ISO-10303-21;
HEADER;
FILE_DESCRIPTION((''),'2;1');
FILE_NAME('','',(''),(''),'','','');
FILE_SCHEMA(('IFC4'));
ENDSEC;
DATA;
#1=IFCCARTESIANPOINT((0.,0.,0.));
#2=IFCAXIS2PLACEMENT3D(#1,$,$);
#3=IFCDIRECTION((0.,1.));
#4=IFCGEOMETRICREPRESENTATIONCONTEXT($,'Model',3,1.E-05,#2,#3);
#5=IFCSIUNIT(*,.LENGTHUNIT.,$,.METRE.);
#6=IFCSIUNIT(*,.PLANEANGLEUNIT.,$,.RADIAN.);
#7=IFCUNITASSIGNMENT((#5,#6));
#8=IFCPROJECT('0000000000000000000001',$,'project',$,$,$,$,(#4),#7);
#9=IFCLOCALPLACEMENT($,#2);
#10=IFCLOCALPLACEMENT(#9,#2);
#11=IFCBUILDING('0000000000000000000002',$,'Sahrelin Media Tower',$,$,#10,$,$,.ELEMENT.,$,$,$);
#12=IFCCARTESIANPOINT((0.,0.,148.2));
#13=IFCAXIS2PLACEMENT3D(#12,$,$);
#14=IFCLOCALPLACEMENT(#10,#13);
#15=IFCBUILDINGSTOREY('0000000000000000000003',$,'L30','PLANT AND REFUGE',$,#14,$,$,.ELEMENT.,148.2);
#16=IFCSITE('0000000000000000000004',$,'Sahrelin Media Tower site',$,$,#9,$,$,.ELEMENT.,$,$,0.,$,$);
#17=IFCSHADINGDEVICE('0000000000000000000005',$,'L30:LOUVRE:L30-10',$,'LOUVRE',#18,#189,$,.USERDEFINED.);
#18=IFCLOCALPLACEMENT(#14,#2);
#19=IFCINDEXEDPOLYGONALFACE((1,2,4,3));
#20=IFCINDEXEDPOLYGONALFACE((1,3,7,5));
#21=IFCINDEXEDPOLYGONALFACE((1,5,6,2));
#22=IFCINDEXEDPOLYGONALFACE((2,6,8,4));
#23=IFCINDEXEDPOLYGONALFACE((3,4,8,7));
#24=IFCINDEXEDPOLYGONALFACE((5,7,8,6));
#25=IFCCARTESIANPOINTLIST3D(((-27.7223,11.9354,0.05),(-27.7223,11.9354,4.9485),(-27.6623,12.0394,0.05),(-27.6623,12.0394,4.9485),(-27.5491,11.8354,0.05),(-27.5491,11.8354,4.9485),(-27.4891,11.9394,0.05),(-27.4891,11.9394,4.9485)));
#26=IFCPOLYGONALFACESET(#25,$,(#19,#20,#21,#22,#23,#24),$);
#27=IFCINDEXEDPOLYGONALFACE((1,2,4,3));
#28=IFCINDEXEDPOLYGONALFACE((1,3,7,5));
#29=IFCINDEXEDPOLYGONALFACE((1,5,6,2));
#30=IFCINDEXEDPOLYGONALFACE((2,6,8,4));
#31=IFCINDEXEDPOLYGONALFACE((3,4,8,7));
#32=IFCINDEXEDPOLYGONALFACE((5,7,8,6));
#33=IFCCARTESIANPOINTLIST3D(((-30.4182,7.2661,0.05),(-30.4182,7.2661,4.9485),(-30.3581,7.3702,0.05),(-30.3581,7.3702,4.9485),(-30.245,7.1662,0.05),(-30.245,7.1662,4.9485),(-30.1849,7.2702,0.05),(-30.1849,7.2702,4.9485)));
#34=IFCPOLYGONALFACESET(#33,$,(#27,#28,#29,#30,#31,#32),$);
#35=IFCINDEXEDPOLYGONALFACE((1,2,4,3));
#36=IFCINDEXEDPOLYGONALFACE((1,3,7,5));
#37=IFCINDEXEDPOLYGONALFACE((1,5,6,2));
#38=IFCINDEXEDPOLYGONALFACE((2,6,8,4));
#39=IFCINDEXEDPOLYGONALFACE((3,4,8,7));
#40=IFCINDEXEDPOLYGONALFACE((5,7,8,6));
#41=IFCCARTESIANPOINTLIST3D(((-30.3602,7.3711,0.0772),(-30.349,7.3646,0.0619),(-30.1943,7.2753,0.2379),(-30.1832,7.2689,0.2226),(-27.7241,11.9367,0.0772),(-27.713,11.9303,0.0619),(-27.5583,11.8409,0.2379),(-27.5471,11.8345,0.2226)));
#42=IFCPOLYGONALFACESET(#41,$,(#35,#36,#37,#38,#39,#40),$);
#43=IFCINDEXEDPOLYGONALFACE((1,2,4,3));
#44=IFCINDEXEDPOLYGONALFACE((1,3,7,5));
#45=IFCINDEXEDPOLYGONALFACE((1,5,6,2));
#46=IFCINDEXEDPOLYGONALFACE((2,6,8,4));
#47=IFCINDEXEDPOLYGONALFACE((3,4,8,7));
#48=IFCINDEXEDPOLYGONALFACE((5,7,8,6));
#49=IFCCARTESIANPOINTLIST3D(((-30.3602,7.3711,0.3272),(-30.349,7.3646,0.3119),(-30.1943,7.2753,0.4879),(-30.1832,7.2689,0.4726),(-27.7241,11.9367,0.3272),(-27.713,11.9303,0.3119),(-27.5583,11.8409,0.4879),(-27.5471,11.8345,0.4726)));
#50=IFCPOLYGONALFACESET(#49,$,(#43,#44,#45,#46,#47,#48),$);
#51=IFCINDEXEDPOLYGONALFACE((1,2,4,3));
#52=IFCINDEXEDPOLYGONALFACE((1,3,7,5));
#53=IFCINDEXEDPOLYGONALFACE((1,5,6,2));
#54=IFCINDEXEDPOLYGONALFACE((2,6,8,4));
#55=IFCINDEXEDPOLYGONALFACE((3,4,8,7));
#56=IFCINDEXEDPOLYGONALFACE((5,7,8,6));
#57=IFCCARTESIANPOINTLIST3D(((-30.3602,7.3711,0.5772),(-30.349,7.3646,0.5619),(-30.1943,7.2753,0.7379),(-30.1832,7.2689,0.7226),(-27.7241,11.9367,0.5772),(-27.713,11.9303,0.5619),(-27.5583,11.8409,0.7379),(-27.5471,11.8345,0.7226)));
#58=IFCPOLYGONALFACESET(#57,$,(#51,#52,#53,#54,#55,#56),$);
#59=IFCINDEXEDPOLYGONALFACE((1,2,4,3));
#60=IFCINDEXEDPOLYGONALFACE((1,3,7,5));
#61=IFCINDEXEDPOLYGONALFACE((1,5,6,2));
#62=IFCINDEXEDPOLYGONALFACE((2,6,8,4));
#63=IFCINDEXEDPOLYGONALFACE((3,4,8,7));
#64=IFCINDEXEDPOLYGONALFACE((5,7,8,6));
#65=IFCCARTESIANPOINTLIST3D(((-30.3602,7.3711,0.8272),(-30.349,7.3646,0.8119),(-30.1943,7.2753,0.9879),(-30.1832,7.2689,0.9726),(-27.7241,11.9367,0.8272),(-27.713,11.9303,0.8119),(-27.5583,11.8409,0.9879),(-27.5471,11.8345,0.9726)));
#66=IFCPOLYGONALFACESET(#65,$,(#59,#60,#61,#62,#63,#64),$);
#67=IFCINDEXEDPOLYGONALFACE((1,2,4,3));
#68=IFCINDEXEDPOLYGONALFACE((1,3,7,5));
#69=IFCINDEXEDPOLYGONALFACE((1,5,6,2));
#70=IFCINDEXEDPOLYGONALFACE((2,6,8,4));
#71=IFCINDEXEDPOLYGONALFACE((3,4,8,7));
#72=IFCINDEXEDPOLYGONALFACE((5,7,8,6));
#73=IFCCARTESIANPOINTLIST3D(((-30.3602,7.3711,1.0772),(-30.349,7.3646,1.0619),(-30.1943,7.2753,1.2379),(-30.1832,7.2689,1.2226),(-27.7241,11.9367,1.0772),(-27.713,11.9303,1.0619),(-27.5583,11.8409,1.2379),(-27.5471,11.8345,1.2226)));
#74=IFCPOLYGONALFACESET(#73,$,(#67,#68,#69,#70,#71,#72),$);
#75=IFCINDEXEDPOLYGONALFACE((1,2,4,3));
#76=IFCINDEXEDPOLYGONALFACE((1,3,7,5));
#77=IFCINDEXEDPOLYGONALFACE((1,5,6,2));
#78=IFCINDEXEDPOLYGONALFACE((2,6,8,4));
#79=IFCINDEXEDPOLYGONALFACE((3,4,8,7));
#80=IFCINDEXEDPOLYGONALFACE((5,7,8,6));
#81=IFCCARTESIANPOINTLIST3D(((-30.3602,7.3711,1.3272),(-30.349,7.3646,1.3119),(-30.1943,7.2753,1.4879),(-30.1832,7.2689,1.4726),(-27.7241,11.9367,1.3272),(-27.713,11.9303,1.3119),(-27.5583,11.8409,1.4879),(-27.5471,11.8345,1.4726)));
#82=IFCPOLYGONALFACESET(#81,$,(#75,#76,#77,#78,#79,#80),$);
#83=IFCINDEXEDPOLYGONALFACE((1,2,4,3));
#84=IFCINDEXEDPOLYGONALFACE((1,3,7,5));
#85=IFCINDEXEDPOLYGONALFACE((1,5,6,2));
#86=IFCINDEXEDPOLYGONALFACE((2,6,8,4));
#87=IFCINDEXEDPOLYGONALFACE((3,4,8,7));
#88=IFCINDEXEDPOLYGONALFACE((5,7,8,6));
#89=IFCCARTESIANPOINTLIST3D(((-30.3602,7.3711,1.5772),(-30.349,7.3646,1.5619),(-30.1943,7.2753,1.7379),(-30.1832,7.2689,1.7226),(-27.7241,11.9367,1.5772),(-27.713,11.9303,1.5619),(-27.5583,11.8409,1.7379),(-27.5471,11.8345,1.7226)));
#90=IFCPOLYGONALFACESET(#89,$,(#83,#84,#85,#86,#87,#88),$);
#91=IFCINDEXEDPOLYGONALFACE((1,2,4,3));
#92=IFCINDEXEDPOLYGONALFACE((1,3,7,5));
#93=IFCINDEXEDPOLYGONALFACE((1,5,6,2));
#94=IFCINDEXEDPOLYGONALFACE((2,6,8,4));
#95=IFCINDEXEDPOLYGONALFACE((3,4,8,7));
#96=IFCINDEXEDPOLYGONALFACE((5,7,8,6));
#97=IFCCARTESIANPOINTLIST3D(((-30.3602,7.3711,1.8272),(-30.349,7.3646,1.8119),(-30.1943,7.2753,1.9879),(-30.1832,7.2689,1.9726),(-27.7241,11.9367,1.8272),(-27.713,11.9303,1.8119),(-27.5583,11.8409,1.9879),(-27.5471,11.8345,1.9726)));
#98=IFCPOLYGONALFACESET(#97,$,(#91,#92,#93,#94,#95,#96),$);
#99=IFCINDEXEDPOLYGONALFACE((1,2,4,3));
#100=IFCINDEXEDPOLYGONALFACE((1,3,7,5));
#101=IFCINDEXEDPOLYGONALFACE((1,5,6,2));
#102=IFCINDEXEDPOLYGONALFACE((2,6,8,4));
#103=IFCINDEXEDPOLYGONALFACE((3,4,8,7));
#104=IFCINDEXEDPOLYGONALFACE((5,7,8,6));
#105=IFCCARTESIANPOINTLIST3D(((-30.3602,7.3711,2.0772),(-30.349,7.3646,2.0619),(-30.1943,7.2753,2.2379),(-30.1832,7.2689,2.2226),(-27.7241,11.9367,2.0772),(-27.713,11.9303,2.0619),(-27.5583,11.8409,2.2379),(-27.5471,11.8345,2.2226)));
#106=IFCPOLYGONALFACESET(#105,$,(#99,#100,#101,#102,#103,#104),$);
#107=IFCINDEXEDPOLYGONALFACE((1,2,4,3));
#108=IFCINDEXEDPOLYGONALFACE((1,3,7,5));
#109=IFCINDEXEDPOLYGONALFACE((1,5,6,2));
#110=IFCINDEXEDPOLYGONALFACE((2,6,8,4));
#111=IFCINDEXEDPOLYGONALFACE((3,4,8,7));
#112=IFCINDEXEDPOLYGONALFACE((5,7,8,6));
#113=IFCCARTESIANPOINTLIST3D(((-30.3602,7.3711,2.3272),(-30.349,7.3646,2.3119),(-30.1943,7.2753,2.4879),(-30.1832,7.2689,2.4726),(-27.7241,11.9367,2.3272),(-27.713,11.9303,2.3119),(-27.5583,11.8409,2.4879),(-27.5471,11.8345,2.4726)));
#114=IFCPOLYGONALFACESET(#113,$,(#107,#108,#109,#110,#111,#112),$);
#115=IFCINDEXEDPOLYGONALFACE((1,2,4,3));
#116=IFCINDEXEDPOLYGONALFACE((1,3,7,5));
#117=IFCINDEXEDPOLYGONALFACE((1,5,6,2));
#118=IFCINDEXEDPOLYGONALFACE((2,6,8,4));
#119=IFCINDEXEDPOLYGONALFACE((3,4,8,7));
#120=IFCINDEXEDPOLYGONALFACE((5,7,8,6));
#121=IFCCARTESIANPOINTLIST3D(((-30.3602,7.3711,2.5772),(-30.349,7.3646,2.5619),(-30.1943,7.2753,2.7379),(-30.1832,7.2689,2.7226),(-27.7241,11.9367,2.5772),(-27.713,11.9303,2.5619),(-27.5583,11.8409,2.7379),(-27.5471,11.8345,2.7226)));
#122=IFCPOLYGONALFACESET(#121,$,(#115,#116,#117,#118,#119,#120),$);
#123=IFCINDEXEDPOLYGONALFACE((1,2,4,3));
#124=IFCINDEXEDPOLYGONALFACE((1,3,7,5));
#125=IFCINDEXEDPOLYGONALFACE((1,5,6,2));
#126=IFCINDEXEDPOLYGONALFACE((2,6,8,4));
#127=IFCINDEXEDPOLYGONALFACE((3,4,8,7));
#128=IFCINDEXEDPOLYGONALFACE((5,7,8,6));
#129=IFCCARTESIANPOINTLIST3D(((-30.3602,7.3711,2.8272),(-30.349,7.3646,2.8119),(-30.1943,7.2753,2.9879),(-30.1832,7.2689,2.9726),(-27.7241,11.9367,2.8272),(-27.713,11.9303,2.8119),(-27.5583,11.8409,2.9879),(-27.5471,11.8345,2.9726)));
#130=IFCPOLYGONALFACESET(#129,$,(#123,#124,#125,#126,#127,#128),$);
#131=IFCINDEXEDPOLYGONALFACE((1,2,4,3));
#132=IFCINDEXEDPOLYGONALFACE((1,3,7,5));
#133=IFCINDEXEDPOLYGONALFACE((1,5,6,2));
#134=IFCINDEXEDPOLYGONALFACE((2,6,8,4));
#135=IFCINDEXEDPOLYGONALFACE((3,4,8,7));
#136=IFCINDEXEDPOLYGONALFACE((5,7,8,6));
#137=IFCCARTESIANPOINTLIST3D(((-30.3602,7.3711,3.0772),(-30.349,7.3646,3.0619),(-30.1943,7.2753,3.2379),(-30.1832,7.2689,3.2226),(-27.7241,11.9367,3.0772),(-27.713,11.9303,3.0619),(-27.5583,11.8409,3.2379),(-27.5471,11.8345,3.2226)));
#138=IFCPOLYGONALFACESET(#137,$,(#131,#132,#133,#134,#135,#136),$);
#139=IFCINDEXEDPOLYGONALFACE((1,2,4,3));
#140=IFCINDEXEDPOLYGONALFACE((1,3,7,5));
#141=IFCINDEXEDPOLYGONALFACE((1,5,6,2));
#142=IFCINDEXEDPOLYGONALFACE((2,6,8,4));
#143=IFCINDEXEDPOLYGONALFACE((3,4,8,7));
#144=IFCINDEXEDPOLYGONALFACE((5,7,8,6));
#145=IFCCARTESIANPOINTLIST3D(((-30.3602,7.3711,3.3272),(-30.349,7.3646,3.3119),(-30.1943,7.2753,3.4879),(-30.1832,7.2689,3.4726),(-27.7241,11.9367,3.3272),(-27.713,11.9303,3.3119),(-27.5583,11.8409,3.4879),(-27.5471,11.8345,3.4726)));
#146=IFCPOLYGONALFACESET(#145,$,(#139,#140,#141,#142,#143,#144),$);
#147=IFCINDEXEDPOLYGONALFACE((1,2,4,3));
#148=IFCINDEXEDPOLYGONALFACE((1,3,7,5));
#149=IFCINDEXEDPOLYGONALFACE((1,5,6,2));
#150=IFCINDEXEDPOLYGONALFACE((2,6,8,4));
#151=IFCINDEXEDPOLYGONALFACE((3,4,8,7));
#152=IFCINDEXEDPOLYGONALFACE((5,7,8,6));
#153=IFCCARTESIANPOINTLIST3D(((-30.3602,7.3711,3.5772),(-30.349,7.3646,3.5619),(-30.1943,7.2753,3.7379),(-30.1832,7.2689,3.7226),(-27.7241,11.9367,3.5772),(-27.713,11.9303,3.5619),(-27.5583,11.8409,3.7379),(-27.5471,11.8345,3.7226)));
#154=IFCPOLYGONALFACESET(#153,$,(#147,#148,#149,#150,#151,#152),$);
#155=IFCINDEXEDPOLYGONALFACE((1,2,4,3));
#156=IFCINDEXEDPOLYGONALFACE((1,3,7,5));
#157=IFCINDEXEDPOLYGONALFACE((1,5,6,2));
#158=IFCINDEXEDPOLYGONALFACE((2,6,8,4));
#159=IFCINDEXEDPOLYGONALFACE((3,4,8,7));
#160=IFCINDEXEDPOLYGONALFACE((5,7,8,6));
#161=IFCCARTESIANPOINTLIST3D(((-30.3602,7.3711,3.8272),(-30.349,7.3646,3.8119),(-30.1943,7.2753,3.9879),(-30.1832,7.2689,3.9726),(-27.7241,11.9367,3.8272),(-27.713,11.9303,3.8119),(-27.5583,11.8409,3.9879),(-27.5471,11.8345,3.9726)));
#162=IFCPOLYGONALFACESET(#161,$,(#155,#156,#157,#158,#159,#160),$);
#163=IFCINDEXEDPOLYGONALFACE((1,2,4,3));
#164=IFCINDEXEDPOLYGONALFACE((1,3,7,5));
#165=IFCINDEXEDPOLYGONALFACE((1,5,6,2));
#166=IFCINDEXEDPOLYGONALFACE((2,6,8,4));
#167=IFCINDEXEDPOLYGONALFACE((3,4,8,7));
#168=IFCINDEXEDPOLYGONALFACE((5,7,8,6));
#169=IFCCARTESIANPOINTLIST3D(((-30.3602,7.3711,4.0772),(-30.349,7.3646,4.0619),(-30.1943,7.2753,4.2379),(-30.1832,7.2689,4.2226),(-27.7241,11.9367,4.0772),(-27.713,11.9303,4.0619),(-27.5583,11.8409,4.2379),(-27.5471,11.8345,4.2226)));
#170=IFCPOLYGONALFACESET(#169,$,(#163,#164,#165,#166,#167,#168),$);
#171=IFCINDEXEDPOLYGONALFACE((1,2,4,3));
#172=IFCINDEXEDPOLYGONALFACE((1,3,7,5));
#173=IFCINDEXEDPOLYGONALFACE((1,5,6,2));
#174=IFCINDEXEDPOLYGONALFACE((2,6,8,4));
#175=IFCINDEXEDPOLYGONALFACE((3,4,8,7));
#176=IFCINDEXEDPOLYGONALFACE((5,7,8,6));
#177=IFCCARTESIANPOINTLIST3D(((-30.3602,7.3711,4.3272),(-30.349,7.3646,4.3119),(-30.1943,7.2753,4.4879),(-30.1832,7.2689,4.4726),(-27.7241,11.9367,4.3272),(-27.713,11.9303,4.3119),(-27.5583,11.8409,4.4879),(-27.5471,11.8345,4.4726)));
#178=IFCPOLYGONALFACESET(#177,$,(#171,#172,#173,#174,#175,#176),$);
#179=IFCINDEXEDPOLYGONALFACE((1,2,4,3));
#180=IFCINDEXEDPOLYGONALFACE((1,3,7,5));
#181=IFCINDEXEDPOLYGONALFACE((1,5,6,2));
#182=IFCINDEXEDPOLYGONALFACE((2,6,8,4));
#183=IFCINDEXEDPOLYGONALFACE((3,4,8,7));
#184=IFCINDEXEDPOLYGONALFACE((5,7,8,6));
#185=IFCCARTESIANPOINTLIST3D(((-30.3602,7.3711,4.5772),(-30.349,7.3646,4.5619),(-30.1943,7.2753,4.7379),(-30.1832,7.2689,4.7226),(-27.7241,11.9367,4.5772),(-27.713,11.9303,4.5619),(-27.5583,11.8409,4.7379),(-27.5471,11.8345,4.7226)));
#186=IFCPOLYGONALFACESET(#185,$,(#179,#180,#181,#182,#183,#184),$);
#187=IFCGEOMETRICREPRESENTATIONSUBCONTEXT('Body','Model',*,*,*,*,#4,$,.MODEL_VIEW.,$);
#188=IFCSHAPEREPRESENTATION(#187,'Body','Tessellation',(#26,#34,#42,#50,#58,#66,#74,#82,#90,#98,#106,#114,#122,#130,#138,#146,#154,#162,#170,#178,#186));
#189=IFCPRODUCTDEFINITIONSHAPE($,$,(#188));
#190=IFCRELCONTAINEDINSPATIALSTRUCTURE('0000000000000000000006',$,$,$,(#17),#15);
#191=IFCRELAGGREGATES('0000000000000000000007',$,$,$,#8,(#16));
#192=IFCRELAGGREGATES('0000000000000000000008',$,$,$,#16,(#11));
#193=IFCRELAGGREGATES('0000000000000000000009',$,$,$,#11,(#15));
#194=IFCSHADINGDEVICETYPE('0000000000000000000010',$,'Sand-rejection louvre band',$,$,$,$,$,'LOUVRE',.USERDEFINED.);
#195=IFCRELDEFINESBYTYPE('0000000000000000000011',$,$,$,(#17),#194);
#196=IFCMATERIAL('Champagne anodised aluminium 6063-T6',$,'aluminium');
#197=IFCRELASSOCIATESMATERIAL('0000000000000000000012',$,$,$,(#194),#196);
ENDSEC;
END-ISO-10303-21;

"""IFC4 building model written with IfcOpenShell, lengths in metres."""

from ifc_helpers import new_model, si_unit, direction, frame, origin, origin_2d, place, context, subcontext, project, spatial, rectangle, extrude, material, type_object, element, save


model = new_model("IFC4")

# Units and contexts
model_context = context("Model", 3, precision=1e-05, world=origin(), true_north=direction((0.0, 1.0)))
body_context = subcontext(model_context, "Body", "Model", "MODEL_VIEW")
ifc_project = project(units=[si_unit("LENGTHUNIT", "METRE"), si_unit("PLANEANGLEUNIT", "RADIAN")], contexts=[model_context])

# Site, building, storey
site_placement = place(None, origin())
site = spatial("IfcSite", under=ifc_project, at=site_placement, Name="Sahrelin Media Tower site", CompositionType="ELEMENT", RefElevation=0.0)
building_placement = place(site_placement, origin())
building = spatial("IfcBuilding", under=site, at=building_placement, Name="Sahrelin Media Tower", CompositionType="ELEMENT")
storey_placement = place(building_placement, frame((0.0, 0.0, 148.2)))
storey = spatial("IfcBuildingStorey", under=building, at=storey_placement, Name="L30", Description="PLANT AND REFUGE", CompositionType="ELEMENT", Elevation=148.2)

# Shading device
ifc_material_1 = material(Name="Champagne anodised aluminium 6063-T6", Category="aluminium")
shading_device_type = type_object("IfcShadingDeviceType", Name="Sand-rejection louvre band", ElementType="LOUVRE", PredefinedType="USERDEFINED", material=ifc_material_1)
shading_device_1_placement = place(storey_placement, frame((-28.8669, 9.5527, 0.0), z_axis=(0.0, 0.0, 1.0), x_axis=(0.500011, 0.866019, 0.0)))
element("IfcShadingDevice", 1, at=shading_device_1_placement, inside=storey, type_object=shading_device_type, Name="L30:LOUVRE:L30-10", ObjectType="LOUVRE", PredefinedType="USERDEFINED", context=body_context, shape_type="SweptSolid", body=[
    extrude(rectangle(XDim=0.1201, YDim=0.2, at=origin_2d()), frame((2.6958, 0.1001, 0.05), z_axis=(0.0, 0.0, 1.0), x_axis=(1.0, 0.0, 0.0)), (0.0, 0.0, 1.0), 4.8984),
    extrude(rectangle(XDim=0.1201, YDim=0.2, at=origin_2d()), frame((-2.6958, 0.1001, 0.05), z_axis=(0.0, 0.0, 1.0), x_axis=(1.0, 0.0, 0.0)), (0.0, 0.0, 1.0), 4.8984),
    extrude(rectangle(XDim=0.25, YDim=0.02, at=origin_2d()), frame((2.636, 0.1001, 0.1499), z_axis=(-1.0, 0.0, 0.0), x_axis=(0.0, -0.766044, 0.642788)), (0.0, 0.0, 1.0), 5.272),
    extrude(rectangle(XDim=0.25, YDim=0.02, at=origin_2d()), frame((2.636, 0.1001, 0.3999), z_axis=(-1.0, 0.0, 0.0), x_axis=(0.0, -0.766044, 0.642788)), (0.0, 0.0, 1.0), 5.272),
    extrude(rectangle(XDim=0.25, YDim=0.02, at=origin_2d()), frame((2.636, 0.1001, 0.6499), z_axis=(-1.0, 0.0, 0.0), x_axis=(0.0, -0.766044, 0.642788)), (0.0, 0.0, 1.0), 5.272),
    extrude(rectangle(XDim=0.25, YDim=0.02, at=origin_2d()), frame((2.636, 0.1001, 0.8999), z_axis=(-1.0, 0.0, 0.0), x_axis=(0.0, -0.766044, 0.642788)), (0.0, 0.0, 1.0), 5.272),
    extrude(rectangle(XDim=0.25, YDim=0.02, at=origin_2d()), frame((2.636, 0.1001, 1.1499), z_axis=(-1.0, 0.0, 0.0), x_axis=(0.0, -0.766044, 0.642788)), (0.0, 0.0, 1.0), 5.272),
    extrude(rectangle(XDim=0.25, YDim=0.02, at=origin_2d()), frame((2.636, 0.1001, 1.3999), z_axis=(-1.0, 0.0, 0.0), x_axis=(0.0, -0.766044, 0.642788)), (0.0, 0.0, 1.0), 5.272),
    extrude(rectangle(XDim=0.25, YDim=0.02, at=origin_2d()), frame((2.636, 0.1001, 1.6499), z_axis=(-1.0, 0.0, 0.0), x_axis=(0.0, -0.766044, 0.642788)), (0.0, 0.0, 1.0), 5.272),
    extrude(rectangle(XDim=0.25, YDim=0.02, at=origin_2d()), frame((2.636, 0.1001, 1.8999), z_axis=(-1.0, 0.0, 0.0), x_axis=(0.0, -0.766044, 0.642788)), (0.0, 0.0, 1.0), 5.272),
    extrude(rectangle(XDim=0.25, YDim=0.02, at=origin_2d()), frame((2.636, 0.1001, 2.1499), z_axis=(-1.0, 0.0, 0.0), x_axis=(0.0, -0.766044, 0.642788)), (0.0, 0.0, 1.0), 5.272),
    extrude(rectangle(XDim=0.25, YDim=0.02, at=origin_2d()), frame((2.636, 0.1001, 2.3999), z_axis=(-1.0, 0.0, 0.0), x_axis=(0.0, -0.766044, 0.642788)), (0.0, 0.0, 1.0), 5.272),
    extrude(rectangle(XDim=0.25, YDim=0.02, at=origin_2d()), frame((2.636, 0.1001, 2.6499), z_axis=(-1.0, 0.0, 0.0), x_axis=(0.0, -0.766044, 0.642788)), (0.0, 0.0, 1.0), 5.272),
    extrude(rectangle(XDim=0.25, YDim=0.02, at=origin_2d()), frame((2.636, 0.1001, 2.8999), z_axis=(-1.0, 0.0, 0.0), x_axis=(0.0, -0.766044, 0.642788)), (0.0, 0.0, 1.0), 5.272),
    extrude(rectangle(XDim=0.25, YDim=0.02, at=origin_2d()), frame((2.636, 0.1001, 3.1499), z_axis=(-1.0, 0.0, 0.0), x_axis=(0.0, -0.766044, 0.642788)), (0.0, 0.0, 1.0), 5.272),
    extrude(rectangle(XDim=0.25, YDim=0.02, at=origin_2d()), frame((2.636, 0.1001, 3.3999), z_axis=(-1.0, 0.0, 0.0), x_axis=(0.0, -0.766044, 0.642788)), (0.0, 0.0, 1.0), 5.272),
    extrude(rectangle(XDim=0.25, YDim=0.02, at=origin_2d()), frame((2.636, 0.1001, 3.6499), z_axis=(-1.0, 0.0, 0.0), x_axis=(0.0, -0.766044, 0.642788)), (0.0, 0.0, 1.0), 5.272),
    extrude(rectangle(XDim=0.25, YDim=0.02, at=origin_2d()), frame((2.636, 0.1001, 3.8999), z_axis=(-1.0, 0.0, 0.0), x_axis=(0.0, -0.766044, 0.642788)), (0.0, 0.0, 1.0), 5.272),
    extrude(rectangle(XDim=0.25, YDim=0.02, at=origin_2d()), frame((2.636, 0.1001, 4.1499), z_axis=(-1.0, 0.0, 0.0), x_axis=(0.0, -0.766044, 0.642788)), (0.0, 0.0, 1.0), 5.272),
    extrude(rectangle(XDim=0.25, YDim=0.02, at=origin_2d()), frame((2.636, 0.1001, 4.3999), z_axis=(-1.0, 0.0, 0.0), x_axis=(0.0, -0.766044, 0.642788)), (0.0, 0.0, 1.0), 5.272),
    extrude(rectangle(XDim=0.25, YDim=0.02, at=origin_2d()), frame((2.636, 0.1001, 4.6499), z_axis=(-1.0, 0.0, 0.0), x_axis=(0.0, -0.766044, 0.642788)), (0.0, 0.0, 1.0), 5.272),
])

save(model, "model.ifc")
